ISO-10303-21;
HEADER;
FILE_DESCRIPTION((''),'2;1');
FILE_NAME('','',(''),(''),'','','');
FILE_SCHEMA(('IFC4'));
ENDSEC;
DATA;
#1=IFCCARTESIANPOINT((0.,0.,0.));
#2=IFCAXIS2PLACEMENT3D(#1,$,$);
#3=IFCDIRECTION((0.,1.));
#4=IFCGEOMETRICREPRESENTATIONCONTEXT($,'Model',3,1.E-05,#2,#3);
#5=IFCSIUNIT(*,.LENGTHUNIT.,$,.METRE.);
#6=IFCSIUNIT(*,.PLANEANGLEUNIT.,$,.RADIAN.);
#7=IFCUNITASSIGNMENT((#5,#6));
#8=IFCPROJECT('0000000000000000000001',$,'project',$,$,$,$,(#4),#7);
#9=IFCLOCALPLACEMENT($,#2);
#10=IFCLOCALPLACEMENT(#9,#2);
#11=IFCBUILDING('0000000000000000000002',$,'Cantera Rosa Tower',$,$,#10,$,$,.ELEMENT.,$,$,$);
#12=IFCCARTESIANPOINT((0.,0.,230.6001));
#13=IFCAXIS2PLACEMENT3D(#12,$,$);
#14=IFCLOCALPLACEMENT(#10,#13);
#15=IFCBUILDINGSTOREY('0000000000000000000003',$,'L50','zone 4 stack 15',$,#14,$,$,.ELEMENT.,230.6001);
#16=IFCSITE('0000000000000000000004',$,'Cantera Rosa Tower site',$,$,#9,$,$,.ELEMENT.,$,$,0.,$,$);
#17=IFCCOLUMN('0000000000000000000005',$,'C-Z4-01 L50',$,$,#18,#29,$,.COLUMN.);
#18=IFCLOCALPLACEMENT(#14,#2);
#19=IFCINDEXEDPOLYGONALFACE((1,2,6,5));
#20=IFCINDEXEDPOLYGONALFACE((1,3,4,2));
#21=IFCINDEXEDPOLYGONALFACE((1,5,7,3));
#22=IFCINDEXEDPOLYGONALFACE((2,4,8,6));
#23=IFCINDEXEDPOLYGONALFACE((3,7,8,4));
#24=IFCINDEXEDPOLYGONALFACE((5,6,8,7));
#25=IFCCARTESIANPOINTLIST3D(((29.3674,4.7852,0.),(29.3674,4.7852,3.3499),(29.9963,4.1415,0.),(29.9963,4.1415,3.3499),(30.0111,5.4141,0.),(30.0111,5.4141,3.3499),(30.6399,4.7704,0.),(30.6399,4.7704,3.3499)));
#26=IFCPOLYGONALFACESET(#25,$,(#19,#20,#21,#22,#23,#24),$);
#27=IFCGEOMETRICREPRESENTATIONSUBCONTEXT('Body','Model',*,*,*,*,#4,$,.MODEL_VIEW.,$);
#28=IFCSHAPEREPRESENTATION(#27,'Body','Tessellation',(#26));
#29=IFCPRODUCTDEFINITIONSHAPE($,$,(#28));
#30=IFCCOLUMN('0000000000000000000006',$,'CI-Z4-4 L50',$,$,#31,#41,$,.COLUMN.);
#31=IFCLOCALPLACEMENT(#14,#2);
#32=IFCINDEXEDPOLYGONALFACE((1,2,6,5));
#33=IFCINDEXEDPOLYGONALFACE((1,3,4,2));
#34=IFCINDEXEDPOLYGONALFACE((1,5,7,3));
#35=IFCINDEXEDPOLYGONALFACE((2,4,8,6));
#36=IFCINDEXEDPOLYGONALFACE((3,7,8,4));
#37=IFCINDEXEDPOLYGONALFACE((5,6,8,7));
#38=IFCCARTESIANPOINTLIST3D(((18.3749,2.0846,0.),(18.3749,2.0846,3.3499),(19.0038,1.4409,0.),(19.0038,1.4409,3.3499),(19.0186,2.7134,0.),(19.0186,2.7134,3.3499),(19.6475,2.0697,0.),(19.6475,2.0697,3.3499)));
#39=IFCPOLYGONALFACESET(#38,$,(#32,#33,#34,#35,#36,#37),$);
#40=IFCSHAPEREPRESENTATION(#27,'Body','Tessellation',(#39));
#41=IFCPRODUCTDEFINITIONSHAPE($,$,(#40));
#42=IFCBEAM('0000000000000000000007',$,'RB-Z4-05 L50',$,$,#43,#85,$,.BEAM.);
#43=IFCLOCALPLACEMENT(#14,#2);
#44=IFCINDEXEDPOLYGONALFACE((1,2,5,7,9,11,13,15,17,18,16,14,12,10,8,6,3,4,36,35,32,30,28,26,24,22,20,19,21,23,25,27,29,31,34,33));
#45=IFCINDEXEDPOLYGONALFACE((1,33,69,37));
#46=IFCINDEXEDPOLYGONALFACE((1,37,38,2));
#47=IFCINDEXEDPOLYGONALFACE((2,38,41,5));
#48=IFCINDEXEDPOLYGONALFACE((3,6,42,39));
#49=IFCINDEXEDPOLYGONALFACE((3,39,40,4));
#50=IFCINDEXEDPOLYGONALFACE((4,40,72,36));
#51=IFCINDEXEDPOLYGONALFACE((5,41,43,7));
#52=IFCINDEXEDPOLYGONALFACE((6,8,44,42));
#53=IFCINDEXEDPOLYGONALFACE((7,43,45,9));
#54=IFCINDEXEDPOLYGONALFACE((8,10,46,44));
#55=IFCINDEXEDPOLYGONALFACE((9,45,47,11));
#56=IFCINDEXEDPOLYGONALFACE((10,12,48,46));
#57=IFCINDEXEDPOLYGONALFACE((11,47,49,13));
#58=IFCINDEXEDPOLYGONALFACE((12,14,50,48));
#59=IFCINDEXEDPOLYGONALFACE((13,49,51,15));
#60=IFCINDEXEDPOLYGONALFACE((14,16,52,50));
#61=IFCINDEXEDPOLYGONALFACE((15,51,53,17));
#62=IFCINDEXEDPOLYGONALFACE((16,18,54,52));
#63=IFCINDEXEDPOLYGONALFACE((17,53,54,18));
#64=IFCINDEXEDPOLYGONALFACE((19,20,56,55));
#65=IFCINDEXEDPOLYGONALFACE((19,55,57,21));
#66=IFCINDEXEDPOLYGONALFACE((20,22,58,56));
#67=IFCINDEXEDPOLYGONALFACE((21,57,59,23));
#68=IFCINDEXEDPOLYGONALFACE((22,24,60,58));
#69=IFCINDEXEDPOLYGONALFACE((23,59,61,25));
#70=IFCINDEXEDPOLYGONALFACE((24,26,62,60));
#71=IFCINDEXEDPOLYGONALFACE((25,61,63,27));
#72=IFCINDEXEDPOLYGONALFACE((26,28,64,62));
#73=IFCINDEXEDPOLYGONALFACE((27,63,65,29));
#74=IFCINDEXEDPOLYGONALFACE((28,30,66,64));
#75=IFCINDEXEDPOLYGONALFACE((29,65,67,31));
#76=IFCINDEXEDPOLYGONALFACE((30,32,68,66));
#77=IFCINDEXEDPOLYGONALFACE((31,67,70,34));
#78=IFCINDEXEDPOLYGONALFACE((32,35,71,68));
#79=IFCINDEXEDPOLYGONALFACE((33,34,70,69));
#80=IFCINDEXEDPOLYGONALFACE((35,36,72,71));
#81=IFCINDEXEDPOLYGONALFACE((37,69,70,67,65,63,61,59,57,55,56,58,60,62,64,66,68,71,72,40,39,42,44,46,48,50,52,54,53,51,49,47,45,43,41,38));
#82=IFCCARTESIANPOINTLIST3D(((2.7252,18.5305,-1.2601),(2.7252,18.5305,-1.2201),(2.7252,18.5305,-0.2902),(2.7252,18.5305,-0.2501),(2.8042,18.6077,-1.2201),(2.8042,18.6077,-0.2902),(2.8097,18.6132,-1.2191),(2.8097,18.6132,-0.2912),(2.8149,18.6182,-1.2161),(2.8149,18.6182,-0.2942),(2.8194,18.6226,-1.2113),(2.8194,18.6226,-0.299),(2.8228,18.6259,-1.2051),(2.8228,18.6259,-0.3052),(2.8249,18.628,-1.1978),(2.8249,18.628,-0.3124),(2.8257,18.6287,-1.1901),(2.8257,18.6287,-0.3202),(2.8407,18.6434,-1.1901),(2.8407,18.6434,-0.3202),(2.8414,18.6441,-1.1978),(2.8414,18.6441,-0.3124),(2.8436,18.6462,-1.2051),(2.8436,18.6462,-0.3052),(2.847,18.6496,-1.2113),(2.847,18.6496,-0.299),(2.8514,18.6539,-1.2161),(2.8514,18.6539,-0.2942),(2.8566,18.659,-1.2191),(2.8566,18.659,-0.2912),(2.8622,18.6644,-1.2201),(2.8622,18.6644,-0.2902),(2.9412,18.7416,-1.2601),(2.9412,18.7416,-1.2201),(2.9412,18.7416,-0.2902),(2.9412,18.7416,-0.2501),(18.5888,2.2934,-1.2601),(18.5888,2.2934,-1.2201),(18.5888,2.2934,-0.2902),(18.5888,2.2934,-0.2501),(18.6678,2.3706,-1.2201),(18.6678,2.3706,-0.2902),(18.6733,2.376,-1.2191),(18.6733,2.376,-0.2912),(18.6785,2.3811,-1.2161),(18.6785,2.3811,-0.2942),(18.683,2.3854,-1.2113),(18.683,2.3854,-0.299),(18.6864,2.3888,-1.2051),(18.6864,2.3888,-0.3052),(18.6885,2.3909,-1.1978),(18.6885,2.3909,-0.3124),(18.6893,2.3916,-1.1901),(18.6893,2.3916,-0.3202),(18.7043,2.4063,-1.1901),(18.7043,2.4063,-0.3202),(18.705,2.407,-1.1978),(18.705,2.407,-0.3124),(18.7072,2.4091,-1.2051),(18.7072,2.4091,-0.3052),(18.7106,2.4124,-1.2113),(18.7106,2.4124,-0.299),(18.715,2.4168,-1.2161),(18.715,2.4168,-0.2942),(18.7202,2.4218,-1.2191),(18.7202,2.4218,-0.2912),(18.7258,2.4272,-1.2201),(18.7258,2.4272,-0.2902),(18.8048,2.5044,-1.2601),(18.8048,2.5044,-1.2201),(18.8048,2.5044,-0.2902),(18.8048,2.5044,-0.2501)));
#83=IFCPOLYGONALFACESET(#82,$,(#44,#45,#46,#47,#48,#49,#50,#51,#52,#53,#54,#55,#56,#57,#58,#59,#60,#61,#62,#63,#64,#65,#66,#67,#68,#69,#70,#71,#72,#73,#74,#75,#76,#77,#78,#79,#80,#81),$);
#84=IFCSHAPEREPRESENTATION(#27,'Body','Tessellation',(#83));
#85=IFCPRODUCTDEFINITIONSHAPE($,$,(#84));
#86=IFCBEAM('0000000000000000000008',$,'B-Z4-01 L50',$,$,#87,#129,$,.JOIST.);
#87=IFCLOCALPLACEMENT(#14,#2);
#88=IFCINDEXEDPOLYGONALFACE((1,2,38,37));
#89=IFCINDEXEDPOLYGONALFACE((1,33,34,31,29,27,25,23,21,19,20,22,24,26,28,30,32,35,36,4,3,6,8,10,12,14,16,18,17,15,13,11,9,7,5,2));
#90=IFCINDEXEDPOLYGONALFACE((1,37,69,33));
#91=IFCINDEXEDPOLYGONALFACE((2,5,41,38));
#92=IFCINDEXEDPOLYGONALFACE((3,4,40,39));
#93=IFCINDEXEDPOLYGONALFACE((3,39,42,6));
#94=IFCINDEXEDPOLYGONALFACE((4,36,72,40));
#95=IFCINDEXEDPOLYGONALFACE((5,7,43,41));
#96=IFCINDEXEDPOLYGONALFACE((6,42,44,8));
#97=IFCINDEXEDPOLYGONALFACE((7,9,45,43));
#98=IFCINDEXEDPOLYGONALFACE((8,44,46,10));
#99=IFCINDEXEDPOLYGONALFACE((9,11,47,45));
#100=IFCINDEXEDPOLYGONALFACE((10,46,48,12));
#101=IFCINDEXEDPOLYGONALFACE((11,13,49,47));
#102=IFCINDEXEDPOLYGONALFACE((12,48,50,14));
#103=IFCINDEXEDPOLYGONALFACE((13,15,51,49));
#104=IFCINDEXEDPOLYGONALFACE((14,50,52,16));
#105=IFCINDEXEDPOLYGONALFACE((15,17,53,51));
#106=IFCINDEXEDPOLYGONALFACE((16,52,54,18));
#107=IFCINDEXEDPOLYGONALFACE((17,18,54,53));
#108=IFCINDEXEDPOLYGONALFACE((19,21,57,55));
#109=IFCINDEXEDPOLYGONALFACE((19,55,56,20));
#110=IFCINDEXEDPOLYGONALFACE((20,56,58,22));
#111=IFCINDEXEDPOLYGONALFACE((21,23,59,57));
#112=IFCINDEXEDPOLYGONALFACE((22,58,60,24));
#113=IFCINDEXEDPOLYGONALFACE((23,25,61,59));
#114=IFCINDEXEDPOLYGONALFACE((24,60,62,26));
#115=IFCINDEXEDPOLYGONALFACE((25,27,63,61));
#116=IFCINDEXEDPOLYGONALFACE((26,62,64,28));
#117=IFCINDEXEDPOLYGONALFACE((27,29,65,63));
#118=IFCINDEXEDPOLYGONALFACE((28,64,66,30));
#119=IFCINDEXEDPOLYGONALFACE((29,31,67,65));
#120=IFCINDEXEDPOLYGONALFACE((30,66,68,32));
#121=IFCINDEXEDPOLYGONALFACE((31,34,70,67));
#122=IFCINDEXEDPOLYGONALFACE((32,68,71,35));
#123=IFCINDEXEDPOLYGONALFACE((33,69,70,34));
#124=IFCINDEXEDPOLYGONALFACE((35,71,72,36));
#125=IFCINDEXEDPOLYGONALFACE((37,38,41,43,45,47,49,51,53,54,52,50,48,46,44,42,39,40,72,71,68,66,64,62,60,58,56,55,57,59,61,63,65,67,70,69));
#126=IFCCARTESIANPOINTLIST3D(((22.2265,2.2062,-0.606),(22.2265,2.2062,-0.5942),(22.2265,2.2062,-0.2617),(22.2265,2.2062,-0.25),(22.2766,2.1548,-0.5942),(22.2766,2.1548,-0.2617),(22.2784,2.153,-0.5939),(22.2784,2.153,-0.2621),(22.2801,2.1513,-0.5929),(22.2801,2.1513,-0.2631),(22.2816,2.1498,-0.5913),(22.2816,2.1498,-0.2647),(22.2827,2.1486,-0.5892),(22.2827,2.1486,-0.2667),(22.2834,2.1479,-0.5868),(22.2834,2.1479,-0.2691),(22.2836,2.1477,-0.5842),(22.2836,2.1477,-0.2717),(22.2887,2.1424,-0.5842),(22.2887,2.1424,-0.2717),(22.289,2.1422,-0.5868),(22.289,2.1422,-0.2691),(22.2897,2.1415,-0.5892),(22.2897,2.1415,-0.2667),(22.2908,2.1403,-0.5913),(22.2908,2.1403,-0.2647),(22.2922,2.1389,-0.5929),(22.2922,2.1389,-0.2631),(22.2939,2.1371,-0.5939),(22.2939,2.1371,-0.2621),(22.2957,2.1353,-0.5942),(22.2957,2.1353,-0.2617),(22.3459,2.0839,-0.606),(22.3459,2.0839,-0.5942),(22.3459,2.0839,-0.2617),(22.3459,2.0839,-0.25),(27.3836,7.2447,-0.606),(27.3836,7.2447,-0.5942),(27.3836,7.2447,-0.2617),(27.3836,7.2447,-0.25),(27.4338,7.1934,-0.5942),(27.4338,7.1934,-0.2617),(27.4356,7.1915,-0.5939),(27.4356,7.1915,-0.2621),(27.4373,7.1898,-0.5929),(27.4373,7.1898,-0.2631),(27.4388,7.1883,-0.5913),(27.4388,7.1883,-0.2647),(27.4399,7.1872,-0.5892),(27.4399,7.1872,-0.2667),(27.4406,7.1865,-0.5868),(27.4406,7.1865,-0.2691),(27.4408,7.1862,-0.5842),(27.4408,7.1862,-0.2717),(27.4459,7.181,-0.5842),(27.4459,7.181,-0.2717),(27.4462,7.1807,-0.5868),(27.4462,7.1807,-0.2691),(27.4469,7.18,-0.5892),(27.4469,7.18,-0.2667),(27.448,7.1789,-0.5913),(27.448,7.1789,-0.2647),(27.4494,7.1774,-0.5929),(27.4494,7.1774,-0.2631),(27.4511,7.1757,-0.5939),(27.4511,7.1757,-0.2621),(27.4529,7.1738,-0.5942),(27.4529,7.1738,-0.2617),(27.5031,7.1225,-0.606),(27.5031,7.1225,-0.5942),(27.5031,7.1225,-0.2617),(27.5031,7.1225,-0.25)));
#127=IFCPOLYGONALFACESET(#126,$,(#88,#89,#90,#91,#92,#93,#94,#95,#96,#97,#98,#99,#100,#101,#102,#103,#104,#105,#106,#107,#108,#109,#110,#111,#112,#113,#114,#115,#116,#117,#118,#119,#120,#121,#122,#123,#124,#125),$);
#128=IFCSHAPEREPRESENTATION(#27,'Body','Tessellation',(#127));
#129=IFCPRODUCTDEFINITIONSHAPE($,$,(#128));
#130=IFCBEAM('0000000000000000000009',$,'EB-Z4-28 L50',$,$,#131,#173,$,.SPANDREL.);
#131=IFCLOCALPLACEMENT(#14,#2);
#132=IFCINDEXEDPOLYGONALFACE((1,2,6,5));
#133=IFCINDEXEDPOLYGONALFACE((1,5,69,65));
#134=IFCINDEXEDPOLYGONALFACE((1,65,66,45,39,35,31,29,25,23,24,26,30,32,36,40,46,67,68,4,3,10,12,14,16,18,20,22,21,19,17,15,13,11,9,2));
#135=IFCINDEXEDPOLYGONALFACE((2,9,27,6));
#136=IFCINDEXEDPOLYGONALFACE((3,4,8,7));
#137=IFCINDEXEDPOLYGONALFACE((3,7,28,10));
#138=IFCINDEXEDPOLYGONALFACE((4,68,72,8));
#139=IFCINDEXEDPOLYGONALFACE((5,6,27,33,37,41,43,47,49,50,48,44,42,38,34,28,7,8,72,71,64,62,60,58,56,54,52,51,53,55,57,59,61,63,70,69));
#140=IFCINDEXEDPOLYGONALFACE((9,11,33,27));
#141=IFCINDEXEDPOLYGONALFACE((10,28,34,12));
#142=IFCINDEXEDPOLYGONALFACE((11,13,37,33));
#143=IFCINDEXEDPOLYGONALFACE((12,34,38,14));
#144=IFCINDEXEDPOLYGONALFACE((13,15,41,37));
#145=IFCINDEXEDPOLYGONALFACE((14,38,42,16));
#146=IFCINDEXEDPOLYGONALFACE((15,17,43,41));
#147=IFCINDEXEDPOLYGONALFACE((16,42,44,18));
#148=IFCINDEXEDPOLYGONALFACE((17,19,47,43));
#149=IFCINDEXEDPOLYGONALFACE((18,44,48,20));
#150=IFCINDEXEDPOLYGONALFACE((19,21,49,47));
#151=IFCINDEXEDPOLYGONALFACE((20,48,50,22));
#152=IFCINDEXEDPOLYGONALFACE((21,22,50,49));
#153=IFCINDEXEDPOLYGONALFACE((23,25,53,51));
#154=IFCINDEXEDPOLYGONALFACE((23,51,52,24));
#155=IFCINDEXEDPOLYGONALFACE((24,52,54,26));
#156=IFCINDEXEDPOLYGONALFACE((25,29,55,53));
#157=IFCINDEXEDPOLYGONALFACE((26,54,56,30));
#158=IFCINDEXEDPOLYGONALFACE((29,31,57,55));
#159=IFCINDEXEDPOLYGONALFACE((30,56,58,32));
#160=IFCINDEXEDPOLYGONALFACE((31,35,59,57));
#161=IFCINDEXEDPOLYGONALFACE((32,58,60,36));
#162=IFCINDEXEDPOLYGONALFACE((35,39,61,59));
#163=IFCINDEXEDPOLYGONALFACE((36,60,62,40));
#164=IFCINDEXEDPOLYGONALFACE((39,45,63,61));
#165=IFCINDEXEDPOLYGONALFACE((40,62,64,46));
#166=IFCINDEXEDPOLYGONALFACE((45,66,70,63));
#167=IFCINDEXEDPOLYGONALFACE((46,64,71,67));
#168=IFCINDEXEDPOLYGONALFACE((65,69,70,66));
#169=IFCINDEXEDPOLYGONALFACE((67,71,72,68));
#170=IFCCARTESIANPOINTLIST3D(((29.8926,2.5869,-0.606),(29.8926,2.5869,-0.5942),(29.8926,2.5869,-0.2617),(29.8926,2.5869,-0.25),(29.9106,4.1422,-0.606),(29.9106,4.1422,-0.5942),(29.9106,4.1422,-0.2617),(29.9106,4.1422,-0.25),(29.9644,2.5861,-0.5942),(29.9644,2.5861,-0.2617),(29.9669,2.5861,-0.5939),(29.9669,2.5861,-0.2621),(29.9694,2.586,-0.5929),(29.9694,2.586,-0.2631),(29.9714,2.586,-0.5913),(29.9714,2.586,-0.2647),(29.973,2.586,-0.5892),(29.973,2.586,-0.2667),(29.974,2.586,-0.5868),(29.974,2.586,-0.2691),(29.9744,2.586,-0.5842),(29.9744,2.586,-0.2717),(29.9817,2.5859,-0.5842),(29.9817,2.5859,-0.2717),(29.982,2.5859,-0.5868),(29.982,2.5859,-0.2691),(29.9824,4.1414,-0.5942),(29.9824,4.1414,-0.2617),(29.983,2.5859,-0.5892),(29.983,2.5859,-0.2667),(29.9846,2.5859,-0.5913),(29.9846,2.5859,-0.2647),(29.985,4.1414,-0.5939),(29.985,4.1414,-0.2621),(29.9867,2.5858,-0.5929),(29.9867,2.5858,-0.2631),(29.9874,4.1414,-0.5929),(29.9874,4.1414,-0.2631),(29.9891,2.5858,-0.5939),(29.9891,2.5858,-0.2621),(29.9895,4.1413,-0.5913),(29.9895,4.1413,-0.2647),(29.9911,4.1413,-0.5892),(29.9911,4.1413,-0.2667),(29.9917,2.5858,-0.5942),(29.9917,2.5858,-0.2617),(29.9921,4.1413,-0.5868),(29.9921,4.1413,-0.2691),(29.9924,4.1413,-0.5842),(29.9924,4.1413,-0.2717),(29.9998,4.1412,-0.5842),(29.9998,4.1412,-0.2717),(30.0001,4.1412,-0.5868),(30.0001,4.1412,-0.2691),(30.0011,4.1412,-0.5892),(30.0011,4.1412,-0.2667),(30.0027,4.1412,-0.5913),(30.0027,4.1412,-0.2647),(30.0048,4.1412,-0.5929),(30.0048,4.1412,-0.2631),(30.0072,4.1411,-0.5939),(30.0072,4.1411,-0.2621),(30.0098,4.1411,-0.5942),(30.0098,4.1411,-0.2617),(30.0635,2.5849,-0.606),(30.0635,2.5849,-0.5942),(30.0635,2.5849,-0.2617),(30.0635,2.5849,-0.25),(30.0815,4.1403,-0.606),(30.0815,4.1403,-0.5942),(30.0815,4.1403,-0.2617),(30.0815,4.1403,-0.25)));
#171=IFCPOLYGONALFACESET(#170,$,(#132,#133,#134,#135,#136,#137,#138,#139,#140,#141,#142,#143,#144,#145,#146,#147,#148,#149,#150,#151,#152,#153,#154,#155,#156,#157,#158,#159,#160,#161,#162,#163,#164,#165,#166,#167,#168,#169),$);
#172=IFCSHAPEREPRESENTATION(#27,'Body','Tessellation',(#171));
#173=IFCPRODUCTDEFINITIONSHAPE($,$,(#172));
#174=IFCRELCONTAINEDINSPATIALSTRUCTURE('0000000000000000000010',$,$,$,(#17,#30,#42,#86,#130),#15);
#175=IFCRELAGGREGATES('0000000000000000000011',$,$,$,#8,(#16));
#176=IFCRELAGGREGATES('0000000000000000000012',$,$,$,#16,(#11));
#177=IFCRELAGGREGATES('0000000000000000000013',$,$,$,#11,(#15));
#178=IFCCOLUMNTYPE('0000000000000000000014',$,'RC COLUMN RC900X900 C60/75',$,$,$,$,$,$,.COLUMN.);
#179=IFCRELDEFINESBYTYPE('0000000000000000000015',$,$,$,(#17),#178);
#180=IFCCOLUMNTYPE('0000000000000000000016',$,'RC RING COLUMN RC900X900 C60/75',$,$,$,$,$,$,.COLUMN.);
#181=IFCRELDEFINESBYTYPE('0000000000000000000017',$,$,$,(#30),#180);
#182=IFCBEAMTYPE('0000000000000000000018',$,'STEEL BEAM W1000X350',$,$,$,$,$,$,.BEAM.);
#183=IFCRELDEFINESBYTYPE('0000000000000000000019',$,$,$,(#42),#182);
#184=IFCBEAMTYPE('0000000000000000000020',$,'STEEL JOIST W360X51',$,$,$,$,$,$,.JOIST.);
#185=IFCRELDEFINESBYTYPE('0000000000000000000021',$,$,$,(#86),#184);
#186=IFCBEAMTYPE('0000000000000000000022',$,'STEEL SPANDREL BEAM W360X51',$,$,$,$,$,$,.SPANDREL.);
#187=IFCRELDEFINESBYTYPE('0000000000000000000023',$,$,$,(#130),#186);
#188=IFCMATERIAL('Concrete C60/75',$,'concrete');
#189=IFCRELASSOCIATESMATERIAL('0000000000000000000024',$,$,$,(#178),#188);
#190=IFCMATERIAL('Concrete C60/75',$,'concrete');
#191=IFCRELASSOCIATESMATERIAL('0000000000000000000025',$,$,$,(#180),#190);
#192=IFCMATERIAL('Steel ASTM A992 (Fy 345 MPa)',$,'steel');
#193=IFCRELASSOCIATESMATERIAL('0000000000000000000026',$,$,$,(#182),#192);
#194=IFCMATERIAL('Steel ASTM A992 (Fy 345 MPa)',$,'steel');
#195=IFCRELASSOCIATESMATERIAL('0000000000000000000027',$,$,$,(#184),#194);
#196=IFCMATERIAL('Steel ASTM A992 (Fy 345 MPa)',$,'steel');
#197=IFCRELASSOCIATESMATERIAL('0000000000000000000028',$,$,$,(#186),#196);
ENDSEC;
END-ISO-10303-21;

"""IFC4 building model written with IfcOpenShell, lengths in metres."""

from ifc_helpers import new_model, si_unit, direction, frame, origin, origin_2d, place, context, subcontext, project, spatial, rectangle, i_section, extrude, material, material_profile, profile_set, type_object, element, save


model = new_model("IFC4")

# Units and contexts
model_context = context("Model", 3, precision=1e-05, world=origin(), true_north=direction((0.0, 1.0)))
body_context = subcontext(model_context, "Body", "Model", "MODEL_VIEW")
ifc_project = project(units=[si_unit("LENGTHUNIT", "METRE"), si_unit("PLANEANGLEUNIT", "RADIAN")], contexts=[model_context])

# Site, building, storey
site_placement = place(None, origin())
site = spatial("IfcSite", under=ifc_project, at=site_placement, Name="Cantera Rosa Tower site", CompositionType="ELEMENT", RefElevation=0.0)
building_placement = place(site_placement, origin())
building = spatial("IfcBuilding", under=site, at=building_placement, Name="Cantera Rosa Tower", CompositionType="ELEMENT")
storey_placement = place(building_placement, frame((0.0, 0.0, 230.6001)))
storey = spatial("IfcBuildingStorey", under=building, at=storey_placement, Name="L50", Description="zone 4 stack 15", CompositionType="ELEMENT", Elevation=230.6001)

# Columns
ifc_material_1 = material(Name="Concrete C60/75", Category="concrete")
ifc_material_profile_1 = material_profile(ifc_material_1, rectangle(XDim=0.8999, YDim=0.8999, at=origin_2d()), Name="RC COLUMN RC900X900 C60/75")
ifc_profile_set_1 = profile_set([ifc_material_profile_1], Name="Concrete C60/75")
column_type_1 = type_object("IfcColumnType", Name="RC COLUMN RC900X900 C60/75", PredefinedType="COLUMN", material=ifc_profile_set_1)
column_1_placement = place(storey_placement, frame((30.0037, 4.7778, 0.0), z_axis=(0.0, 0.0, 1.0), x_axis=(0.715286, 0.698832, 0.0)))
element("IfcColumn", 1, at=column_1_placement, inside=storey, type_object=column_type_1, Name="C-Z4-01 L50", PredefinedType="COLUMN", context=body_context, shape_type="SweptSolid", body=[
    extrude(rectangle(XDim=0.8999, YDim=0.8999, at=origin_2d()), origin(), (0.0, 0.0, 1.0), 3.3499),
])
ifc_material_2 = material(Name="Concrete C60/75", Category="concrete")
ifc_material_profile_2 = material_profile(ifc_material_2, rectangle(XDim=0.8999, YDim=0.8999, at=origin_2d()), Name="RC RING COLUMN RC900X900 C60/75")
ifc_profile_set_2 = profile_set([ifc_material_profile_2], Name="Concrete C60/75")
column_type_2 = type_object("IfcColumnType", Name="RC RING COLUMN RC900X900 C60/75", PredefinedType="COLUMN", material=ifc_profile_set_2)
column_2_placement = place(storey_placement, frame((19.0112, 2.0771, 0.0), z_axis=(0.0, 0.0, 1.0), x_axis=(0.715286, 0.698832, 0.0)))
element("IfcColumn", 2, at=column_2_placement, inside=storey, type_object=column_type_2, Name="CI-Z4-4 L50", PredefinedType="COLUMN", context=body_context, shape_type="SweptSolid", body=[
    extrude(rectangle(XDim=0.8999, YDim=0.8999, at=origin_2d()), origin(), (0.0, 0.0, 1.0), 3.3499),
])

# Beams
ifc_material_3 = material(Name="Steel ASTM A992 (Fy 345 MPa)", Category="steel")
ifc_material_profile_3 = material_profile(ifc_material_3, i_section(OverallWidth=0.302, OverallDepth=1.01, WebThickness=0.021, FlangeThickness=0.04, FilletRadius=0.03, at=origin_2d()), Name="W1000X350")
ifc_profile_set_3 = profile_set([ifc_material_profile_3], Name="Steel ASTM A992 (Fy 345 MPa)")
beam_type_1 = type_object("IfcBeamType", Name="STEEL BEAM W1000X350", PredefinedType="BEAM", material=ifc_profile_set_3)
beam_1_placement = place(storey_placement, frame((18.6968, 2.3989, -0.7551), z_axis=(-0.698831, 0.715287, 0.0), x_axis=(-0.715287, -0.698831, 0.0)))
element("IfcBeam", 3, at=beam_1_placement, inside=storey, type_object=beam_type_1, Name="RB-Z4-05 L50", PredefinedType="BEAM", context=body_context, shape_type="SweptSolid", body=[
    extrude(i_section(OverallWidth=0.302, OverallDepth=1.01, WebThickness=0.021, FlangeThickness=0.04, FilletRadius=0.03, at=origin_2d()), origin(), (0.0, 0.0, 1.0), 22.7002),
])
ifc_material_4 = material(Name="Steel ASTM A992 (Fy 345 MPa)", Category="steel")
ifc_material_profile_4 = material_profile(ifc_material_4, i_section(OverallWidth=0.1709, OverallDepth=0.356, WebThickness=0.0073, FlangeThickness=0.0117, FilletRadius=0.01, at=origin_2d()), Name="W360X51")
ifc_profile_set_4 = profile_set([ifc_material_profile_4], Name="Steel ASTM A992 (Fy 345 MPa)")
beam_type_2 = type_object("IfcBeamType", Name="STEEL JOIST W360X51", PredefinedType="JOIST", material=ifc_profile_set_4)
beam_2_placement = place(storey_placement, frame((27.4434, 7.1836, -0.428), z_axis=(-0.715287, -0.698831, 0.0), x_axis=(0.698831, -0.715287, 0.0)))
element("IfcBeam", 4, at=beam_2_placement, inside=storey, type_object=beam_type_2, Name="B-Z4-01 L50", PredefinedType="JOIST", context=body_context, shape_type="SweptSolid", body=[
    extrude(i_section(OverallWidth=0.1709, OverallDepth=0.356, WebThickness=0.0073, FlangeThickness=0.0117, FilletRadius=0.01, at=origin_2d()), origin(), (0.0, 0.0, 1.0), 7.21),
])
ifc_material_5 = material(Name="Steel ASTM A992 (Fy 345 MPa)", Category="steel")
ifc_material_profile_5 = material_profile(ifc_material_5, i_section(OverallWidth=0.1709, OverallDepth=0.356, WebThickness=0.0073, FlangeThickness=0.0117, FilletRadius=0.01, at=origin_2d()), Name="W360X51")
ifc_profile_set_5 = profile_set([ifc_material_profile_5], Name="Steel ASTM A992 (Fy 345 MPa)")
beam_type_3 = type_object("IfcBeamType", Name="STEEL SPANDREL BEAM W360X51", PredefinedType="SPANDREL", material=ifc_profile_set_5)
beam_3_placement = place(storey_placement, frame((29.978, 2.5859, -0.428), z_axis=(0.011614, 0.999933, 0.0), x_axis=(-0.999933, 0.011614, 0.0)))
element("IfcBeam", 5, at=beam_3_placement, inside=storey, type_object=beam_type_3, Name="EB-Z4-28 L50", PredefinedType="SPANDREL", context=body_context, shape_type="SweptSolid", body=[
    extrude(i_section(OverallWidth=0.1709, OverallDepth=0.356, WebThickness=0.0073, FlangeThickness=0.0117, FilletRadius=0.01, at=origin_2d()), origin(), (0.0, 0.0, 1.0), 1.5554),
])

save(model, "model.ifc")
